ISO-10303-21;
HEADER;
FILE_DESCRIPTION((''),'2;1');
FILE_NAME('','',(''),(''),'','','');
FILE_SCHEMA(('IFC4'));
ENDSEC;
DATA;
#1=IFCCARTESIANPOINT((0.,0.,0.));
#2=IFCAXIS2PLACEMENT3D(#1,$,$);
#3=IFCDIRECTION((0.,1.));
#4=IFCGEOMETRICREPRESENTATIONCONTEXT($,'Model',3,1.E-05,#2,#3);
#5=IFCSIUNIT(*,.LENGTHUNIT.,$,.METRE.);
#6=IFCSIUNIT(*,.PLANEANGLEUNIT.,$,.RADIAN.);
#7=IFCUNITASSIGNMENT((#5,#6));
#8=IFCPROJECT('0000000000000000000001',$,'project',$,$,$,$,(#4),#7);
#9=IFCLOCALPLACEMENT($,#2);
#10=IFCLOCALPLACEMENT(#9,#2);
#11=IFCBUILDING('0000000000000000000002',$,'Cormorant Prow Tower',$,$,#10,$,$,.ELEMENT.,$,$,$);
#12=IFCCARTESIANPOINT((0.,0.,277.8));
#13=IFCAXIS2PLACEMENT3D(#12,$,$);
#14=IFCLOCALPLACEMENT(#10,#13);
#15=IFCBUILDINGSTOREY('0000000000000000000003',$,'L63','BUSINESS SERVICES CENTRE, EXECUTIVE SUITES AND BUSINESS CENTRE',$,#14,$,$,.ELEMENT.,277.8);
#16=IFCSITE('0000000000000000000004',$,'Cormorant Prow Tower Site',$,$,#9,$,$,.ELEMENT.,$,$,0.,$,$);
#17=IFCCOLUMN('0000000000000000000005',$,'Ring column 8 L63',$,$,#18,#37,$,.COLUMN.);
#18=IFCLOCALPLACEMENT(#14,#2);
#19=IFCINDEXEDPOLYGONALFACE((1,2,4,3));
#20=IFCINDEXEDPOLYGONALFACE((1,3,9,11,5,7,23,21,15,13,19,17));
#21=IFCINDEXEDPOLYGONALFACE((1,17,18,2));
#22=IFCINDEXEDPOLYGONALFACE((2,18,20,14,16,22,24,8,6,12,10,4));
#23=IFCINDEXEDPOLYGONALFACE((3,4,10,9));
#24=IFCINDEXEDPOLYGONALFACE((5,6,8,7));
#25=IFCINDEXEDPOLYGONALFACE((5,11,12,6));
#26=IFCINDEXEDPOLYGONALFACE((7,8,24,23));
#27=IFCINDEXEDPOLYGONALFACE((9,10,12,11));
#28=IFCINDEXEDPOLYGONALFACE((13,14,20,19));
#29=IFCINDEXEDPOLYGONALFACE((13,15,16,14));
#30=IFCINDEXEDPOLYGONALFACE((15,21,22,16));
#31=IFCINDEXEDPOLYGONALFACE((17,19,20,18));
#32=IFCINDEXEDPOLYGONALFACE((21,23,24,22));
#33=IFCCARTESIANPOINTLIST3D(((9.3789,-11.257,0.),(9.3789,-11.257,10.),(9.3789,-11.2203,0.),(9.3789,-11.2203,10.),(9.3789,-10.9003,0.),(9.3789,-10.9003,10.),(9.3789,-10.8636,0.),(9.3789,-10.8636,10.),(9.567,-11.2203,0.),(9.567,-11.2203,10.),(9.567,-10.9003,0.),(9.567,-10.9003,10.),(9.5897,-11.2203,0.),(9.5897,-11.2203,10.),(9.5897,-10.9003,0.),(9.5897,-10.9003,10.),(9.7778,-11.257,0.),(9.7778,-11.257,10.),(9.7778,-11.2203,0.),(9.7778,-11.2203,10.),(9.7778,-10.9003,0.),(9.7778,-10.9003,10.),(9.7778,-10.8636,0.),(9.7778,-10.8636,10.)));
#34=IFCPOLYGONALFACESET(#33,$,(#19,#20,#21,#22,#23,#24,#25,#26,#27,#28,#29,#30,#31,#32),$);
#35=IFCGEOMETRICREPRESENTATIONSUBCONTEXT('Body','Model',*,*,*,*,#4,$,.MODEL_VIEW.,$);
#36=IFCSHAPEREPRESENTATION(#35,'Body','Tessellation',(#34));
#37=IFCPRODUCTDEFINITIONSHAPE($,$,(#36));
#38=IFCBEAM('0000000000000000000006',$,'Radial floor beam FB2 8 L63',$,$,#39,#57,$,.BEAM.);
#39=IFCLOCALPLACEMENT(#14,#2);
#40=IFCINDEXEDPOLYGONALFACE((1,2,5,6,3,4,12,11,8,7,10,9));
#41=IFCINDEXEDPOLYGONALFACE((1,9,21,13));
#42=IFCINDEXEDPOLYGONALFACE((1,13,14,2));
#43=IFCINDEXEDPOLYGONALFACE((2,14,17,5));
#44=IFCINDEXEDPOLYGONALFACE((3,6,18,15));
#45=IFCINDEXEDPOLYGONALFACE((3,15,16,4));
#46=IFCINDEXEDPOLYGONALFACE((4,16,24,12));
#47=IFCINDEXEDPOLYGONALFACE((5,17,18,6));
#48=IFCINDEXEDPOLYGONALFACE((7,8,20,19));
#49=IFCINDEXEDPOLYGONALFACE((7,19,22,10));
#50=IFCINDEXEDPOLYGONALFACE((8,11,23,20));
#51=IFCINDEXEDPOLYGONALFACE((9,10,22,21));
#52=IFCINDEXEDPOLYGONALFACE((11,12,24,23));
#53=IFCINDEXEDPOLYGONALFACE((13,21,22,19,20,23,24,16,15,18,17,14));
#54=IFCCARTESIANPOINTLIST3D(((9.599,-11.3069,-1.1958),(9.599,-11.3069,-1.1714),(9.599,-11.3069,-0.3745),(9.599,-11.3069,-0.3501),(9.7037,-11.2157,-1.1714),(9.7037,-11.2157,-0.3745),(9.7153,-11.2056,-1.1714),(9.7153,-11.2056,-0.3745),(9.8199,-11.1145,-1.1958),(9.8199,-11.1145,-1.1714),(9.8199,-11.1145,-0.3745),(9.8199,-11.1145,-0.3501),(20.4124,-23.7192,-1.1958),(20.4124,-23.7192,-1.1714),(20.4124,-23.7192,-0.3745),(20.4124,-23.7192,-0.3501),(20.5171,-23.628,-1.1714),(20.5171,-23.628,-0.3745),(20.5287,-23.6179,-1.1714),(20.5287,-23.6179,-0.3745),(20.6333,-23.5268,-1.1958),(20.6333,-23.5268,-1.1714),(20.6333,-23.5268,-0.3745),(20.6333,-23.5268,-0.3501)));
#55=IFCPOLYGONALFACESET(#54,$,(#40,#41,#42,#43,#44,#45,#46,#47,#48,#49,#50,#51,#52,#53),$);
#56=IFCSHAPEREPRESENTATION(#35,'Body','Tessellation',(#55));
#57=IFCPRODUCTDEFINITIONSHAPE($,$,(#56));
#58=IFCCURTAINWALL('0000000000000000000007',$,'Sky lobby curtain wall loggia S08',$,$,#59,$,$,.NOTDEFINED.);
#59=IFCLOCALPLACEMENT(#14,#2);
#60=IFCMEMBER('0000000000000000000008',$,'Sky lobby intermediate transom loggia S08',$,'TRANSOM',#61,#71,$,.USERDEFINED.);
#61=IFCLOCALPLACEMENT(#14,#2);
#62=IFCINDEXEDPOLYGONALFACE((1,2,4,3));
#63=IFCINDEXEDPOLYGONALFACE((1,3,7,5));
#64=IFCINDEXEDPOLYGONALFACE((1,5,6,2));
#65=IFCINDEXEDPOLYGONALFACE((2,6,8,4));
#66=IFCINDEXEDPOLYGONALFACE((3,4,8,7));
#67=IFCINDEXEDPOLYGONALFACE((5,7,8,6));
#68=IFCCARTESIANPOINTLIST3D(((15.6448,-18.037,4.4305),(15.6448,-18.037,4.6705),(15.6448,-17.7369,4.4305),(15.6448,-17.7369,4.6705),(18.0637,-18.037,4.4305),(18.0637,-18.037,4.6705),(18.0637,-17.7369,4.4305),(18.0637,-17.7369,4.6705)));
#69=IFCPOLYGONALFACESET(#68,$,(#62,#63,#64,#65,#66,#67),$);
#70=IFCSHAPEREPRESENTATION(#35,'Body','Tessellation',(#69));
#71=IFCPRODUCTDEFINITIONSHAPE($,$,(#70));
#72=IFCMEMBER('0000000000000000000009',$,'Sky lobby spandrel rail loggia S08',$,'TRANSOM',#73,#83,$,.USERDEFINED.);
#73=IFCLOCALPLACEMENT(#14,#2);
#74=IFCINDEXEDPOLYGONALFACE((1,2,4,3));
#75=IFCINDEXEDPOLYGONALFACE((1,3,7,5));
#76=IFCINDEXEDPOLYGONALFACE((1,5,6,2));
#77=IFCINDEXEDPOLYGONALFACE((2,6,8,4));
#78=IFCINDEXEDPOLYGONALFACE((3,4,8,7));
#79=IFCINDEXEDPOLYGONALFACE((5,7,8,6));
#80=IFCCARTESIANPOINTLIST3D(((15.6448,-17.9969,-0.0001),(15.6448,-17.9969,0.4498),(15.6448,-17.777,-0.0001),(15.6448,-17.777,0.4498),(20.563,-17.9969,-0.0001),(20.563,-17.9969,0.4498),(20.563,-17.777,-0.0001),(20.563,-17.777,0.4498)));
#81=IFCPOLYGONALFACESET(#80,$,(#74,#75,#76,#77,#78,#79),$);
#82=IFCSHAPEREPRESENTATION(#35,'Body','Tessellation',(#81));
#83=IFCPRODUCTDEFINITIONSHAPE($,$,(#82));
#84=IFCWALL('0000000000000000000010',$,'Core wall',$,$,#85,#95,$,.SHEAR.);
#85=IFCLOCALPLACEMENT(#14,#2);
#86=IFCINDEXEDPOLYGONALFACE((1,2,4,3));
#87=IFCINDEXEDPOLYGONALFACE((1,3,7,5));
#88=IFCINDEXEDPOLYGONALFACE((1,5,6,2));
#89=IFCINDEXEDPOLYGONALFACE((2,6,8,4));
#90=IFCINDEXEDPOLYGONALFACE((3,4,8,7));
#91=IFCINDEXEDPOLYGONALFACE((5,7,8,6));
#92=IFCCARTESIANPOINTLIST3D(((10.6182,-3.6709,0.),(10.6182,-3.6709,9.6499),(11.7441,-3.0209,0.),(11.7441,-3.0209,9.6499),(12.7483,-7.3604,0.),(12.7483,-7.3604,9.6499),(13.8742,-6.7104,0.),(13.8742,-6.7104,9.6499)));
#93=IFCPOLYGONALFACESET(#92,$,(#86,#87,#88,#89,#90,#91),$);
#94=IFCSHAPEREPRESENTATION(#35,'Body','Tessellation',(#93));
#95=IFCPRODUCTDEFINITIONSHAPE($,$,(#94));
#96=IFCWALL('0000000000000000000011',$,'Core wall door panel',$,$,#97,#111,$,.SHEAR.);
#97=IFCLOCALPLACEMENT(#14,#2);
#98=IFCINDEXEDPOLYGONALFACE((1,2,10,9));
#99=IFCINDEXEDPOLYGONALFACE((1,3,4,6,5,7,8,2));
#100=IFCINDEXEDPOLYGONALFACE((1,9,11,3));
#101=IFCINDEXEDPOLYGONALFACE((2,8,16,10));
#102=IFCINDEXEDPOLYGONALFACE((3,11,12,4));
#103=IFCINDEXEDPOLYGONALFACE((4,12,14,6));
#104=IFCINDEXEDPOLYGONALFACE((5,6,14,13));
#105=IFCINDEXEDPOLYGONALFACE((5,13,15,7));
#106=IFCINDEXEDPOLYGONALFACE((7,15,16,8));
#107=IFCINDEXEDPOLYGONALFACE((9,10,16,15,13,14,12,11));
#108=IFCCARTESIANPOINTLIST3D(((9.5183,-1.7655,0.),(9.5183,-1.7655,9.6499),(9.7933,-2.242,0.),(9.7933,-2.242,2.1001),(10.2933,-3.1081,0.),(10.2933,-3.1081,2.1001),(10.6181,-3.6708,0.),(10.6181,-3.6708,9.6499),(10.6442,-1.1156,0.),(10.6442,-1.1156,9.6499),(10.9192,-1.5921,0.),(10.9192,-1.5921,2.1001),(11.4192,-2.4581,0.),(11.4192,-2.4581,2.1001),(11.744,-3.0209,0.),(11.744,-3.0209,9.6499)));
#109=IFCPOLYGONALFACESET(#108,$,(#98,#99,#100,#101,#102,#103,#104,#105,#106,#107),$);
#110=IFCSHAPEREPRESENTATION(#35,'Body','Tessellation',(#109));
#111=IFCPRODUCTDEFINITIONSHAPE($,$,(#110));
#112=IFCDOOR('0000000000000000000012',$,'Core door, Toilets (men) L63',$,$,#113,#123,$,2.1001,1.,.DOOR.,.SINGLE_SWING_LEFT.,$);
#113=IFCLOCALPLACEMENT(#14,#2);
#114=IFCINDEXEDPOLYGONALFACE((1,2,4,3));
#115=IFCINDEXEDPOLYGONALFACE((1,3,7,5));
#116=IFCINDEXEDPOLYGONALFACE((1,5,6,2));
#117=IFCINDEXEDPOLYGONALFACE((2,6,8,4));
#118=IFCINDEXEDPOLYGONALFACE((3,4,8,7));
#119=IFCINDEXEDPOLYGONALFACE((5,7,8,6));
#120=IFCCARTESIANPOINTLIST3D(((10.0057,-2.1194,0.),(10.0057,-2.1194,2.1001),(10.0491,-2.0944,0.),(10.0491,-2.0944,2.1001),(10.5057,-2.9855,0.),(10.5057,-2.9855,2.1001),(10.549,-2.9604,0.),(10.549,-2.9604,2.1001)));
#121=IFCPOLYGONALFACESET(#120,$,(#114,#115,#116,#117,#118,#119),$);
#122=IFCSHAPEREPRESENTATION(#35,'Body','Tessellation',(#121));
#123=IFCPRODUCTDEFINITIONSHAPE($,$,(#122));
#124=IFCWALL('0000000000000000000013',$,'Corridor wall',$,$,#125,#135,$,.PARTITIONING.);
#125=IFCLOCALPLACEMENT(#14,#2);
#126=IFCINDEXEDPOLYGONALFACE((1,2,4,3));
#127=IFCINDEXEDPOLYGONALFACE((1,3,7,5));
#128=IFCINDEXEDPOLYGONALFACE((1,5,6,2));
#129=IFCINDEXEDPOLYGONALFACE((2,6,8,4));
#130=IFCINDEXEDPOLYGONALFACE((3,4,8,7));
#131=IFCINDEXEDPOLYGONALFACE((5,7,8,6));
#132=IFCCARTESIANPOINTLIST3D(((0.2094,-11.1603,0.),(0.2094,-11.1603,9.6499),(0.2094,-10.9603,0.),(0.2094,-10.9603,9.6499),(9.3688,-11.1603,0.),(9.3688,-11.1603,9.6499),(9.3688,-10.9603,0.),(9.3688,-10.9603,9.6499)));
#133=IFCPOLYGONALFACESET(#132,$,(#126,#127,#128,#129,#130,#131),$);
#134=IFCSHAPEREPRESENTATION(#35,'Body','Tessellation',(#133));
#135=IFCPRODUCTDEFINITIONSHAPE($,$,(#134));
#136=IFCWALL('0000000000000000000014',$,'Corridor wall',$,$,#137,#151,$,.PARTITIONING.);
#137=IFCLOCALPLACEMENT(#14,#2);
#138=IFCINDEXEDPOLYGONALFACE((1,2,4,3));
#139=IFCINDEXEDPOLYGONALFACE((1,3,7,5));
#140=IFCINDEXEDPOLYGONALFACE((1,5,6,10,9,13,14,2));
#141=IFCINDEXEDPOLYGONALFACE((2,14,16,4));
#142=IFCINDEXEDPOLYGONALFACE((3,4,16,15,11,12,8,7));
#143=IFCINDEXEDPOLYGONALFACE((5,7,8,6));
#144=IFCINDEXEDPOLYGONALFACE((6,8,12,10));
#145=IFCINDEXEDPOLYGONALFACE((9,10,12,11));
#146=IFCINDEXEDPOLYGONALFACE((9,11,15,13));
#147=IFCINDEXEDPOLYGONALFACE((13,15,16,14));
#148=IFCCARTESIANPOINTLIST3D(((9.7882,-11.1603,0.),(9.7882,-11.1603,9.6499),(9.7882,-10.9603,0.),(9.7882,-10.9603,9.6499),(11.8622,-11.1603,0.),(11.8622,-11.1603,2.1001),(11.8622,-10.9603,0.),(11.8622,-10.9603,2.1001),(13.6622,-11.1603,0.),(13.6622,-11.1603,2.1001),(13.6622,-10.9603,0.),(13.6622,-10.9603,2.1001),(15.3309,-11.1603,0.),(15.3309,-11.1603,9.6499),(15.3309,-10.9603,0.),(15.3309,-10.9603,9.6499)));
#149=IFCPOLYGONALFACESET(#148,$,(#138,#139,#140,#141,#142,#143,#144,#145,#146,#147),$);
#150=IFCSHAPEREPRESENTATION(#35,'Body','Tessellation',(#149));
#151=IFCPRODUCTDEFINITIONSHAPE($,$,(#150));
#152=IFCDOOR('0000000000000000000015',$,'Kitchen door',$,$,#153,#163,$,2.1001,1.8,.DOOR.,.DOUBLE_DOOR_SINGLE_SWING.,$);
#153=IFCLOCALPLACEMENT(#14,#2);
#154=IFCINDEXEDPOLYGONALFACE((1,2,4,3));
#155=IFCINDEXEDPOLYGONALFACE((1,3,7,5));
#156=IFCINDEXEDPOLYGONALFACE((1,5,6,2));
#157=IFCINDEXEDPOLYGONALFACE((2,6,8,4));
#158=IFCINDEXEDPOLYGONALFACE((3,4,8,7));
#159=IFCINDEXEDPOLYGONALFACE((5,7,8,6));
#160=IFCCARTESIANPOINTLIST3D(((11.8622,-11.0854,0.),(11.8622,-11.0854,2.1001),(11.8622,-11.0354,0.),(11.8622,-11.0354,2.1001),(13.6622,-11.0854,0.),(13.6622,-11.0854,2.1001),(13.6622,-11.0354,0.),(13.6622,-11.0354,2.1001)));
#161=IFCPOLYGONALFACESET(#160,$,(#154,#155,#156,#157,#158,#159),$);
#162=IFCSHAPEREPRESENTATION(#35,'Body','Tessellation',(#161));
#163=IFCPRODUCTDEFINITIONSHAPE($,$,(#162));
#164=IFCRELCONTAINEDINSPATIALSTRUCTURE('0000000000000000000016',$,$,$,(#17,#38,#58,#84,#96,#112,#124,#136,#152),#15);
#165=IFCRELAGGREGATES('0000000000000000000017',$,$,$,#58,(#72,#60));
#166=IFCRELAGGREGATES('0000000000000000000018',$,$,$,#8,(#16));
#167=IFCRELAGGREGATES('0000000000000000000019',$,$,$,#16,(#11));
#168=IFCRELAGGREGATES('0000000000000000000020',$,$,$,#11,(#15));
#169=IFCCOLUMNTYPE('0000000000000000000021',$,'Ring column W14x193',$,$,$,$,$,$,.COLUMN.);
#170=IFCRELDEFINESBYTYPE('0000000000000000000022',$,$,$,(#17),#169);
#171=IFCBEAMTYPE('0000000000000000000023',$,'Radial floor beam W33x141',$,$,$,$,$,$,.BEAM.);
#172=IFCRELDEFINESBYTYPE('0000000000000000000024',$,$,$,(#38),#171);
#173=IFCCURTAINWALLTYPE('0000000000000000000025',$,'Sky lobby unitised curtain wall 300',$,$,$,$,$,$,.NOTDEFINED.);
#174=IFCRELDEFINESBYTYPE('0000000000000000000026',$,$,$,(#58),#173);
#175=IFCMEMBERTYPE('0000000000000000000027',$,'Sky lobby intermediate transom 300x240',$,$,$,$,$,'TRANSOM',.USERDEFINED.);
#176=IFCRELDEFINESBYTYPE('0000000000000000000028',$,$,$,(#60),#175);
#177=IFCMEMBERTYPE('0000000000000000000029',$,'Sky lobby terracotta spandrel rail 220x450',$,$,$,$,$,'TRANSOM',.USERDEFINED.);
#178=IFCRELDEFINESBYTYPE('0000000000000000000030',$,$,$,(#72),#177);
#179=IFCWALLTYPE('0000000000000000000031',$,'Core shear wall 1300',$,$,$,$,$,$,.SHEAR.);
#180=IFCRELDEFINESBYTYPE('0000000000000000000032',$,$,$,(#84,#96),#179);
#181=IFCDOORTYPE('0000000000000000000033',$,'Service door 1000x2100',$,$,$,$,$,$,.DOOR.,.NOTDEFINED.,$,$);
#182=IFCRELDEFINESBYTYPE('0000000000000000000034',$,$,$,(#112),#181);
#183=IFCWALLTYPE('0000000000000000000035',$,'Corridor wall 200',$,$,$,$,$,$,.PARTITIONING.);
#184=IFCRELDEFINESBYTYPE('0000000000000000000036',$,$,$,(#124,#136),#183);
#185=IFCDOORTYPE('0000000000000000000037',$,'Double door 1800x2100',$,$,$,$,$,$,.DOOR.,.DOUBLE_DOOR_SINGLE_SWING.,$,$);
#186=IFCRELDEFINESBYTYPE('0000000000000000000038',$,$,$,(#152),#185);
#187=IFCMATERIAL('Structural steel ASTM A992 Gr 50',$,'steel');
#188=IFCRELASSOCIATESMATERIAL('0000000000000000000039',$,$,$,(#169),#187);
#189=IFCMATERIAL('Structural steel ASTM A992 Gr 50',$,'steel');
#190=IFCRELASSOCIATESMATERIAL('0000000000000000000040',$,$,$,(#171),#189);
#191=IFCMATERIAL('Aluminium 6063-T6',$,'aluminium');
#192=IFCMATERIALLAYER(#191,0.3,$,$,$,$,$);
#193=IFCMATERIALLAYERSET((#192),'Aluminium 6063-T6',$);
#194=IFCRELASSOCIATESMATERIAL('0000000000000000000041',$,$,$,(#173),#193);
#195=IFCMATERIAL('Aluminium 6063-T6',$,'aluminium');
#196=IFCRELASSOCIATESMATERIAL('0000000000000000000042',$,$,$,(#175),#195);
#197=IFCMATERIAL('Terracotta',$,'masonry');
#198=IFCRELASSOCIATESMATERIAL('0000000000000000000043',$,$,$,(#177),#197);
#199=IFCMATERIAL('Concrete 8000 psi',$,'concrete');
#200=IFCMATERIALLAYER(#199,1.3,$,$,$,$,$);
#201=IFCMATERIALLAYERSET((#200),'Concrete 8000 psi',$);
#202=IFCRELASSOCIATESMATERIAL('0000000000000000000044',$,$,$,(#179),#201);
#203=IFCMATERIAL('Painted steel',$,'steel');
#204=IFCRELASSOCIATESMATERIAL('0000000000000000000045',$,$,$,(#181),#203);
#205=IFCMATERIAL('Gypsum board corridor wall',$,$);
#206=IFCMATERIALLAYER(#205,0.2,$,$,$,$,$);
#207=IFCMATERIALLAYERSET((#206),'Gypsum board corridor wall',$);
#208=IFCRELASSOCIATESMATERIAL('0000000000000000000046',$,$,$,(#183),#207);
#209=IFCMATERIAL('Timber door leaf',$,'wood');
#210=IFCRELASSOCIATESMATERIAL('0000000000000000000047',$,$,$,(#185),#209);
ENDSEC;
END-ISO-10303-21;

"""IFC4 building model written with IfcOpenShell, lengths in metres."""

from ifc_helpers import new_model, si_unit, direction, frame, frame_2d, origin, origin_2d, place, context, subcontext, project, spatial, rectangle, i_section, extrude, material, layer, layer_set, material_profile, profile_set, type_object, element, fill, aggregate, save


model = new_model("IFC4")

# Units and contexts
model_context = context("Model", 3, precision=1e-05, world=origin(), true_north=direction((0.0, 1.0)))
body_context = subcontext(model_context, "Body", "Model", "MODEL_VIEW")
ifc_project = project(units=[si_unit("LENGTHUNIT", "METRE"), si_unit("PLANEANGLEUNIT", "RADIAN")], contexts=[model_context])

# Site, building, storey
site_placement = place(None, origin())
site = spatial("IfcSite", under=ifc_project, at=site_placement, Name="Cormorant Prow Tower Site", CompositionType="ELEMENT", RefElevation=0.0)
building_placement = place(site_placement, origin())
building = spatial("IfcBuilding", under=site, at=building_placement, Name="Cormorant Prow Tower", CompositionType="ELEMENT")
storey_placement = place(building_placement, frame((0.0, 0.0, 277.8)))
storey = spatial("IfcBuildingStorey", under=building, at=storey_placement, Name="L63", Description="BUSINESS SERVICES CENTRE, EXECUTIVE SUITES AND BUSINESS CENTRE", CompositionType="ELEMENT", Elevation=277.8)

# Column
ifc_material_1 = material(Name="Structural steel ASTM A992 Gr 50", Category="steel")
ifc_material_profile_1 = material_profile(ifc_material_1, i_section(OverallWidth=0.3989, OverallDepth=0.3933, WebThickness=0.0227, FlangeThickness=0.0366, at=origin_2d()), Name="W14x193")
ifc_profile_set_1 = profile_set([ifc_material_profile_1], Name="Structural steel ASTM A992 Gr 50")
column_type = type_object("IfcColumnType", Name="Ring column W14x193", PredefinedType="COLUMN", material=ifc_profile_set_1)
column_placement = place(storey_placement, frame((9.5784, -11.0603, 0.0), z_axis=(0.0, 0.0, 1.0), x_axis=(1.0, 0.0, 0.0)))
element("IfcColumn", 1, at=column_placement, inside=storey, type_object=column_type, Name="Ring column 8 L63", PredefinedType="COLUMN", context=body_context, shape_type="SweptSolid", body=[
    extrude(i_section(OverallWidth=0.3989, OverallDepth=0.3933, WebThickness=0.0227, FlangeThickness=0.0366, at=origin_2d()), origin(), (0.0, 0.0, 1.0), 10.0),
])

# Beam
ifc_material_2 = material(Name="Structural steel ASTM A992 Gr 50", Category="steel")
ifc_material_profile_2 = material_profile(ifc_material_2, i_section(OverallWidth=0.293, OverallDepth=0.8457, WebThickness=0.0154, FlangeThickness=0.0244, at=origin_2d()), Name="W33x141")
ifc_profile_set_2 = profile_set([ifc_material_profile_2], Name="Structural steel ASTM A992 Gr 50")
beam_type = type_object("IfcBeamType", Name="Radial floor beam W33x141", PredefinedType="BEAM", material=ifc_profile_set_2)
beam_placement = place(storey_placement, frame((9.7095, -11.2107, -0.7729), z_axis=(0.656875, -0.754, 0.0), x_axis=(0.754, 0.656875, 0.0)))
element("IfcBeam", 2, at=beam_placement, inside=storey, type_object=beam_type, Name="Radial floor beam FB2 8 L63", PredefinedType="BEAM", context=body_context, shape_type="SweptSolid", body=[
    extrude(i_section(OverallWidth=0.293, OverallDepth=0.8457, WebThickness=0.0154, FlangeThickness=0.0244, at=origin_2d()), origin(), (0.0, 0.0, 1.0), 16.4619),
])

# Curtain wall, members
ifc_material_3 = material(Name="Aluminium 6063-T6", Category="aluminium")
ifc_layer_1 = layer(ifc_material_3, 0.3)
ifc_layer_set_1 = layer_set([ifc_layer_1], Name="Aluminium 6063-T6")
curtain_wall_type = type_object("IfcCurtainWallType", Name="Sky lobby unitised curtain wall 300", PredefinedType="NOTDEFINED", material=ifc_layer_set_1)
curtain_wall_placement = place(storey_placement, origin())
curtain_wall = element("IfcCurtainWall", 3, at=curtain_wall_placement, inside=storey, type_object=curtain_wall_type, Name="Sky lobby curtain wall loggia S08", PredefinedType="NOTDEFINED")
ifc_material_4 = material(Name="Aluminium 6063-T6", Category="aluminium")
ifc_material_profile_3 = material_profile(ifc_material_4, rectangle(XDim=0.3, YDim=0.24, at=origin_2d()), Name="Sky lobby intermediate transom 300x240")
ifc_profile_set_3 = profile_set([ifc_material_profile_3], Name="Aluminium 6063-T6")
member_type_1 = type_object("IfcMemberType", Name="Sky lobby intermediate transom 300x240", ElementType="TRANSOM", PredefinedType="USERDEFINED", material=ifc_profile_set_3)
member_1_placement = place(storey_placement, frame((15.6448, -17.887, 4.5505), z_axis=(1.0, 0.0, 0.0), x_axis=(0.0, 1.0, 0.0)))
member_1 = element("IfcMember", 4, at=member_1_placement, type_object=member_type_1, Name="Sky lobby intermediate transom loggia S08", ObjectType="TRANSOM", PredefinedType="USERDEFINED", context=body_context, shape_type="SweptSolid", body=[
    extrude(rectangle(XDim=0.3, YDim=0.24, at=origin_2d()), origin(), (0.0, 0.0, 1.0), 2.4189),
])
ifc_material_5 = material(Name="Terracotta", Category="masonry")
ifc_material_profile_4 = material_profile(ifc_material_5, rectangle(XDim=0.22, YDim=0.45, at=origin_2d()), Name="Sky lobby terracotta spandrel rail 220x450")
ifc_profile_set_4 = profile_set([ifc_material_profile_4], Name="Terracotta")
member_type_2 = type_object("IfcMemberType", Name="Sky lobby terracotta spandrel rail 220x450", ElementType="TRANSOM", PredefinedType="USERDEFINED", material=ifc_profile_set_4)
member_2_placement = place(storey_placement, frame((15.6448, -17.887, 0.2249), z_axis=(1.0, 0.0, 0.0), x_axis=(0.0, 1.0, 0.0)))
member_2 = element("IfcMember", 5, at=member_2_placement, type_object=member_type_2, Name="Sky lobby spandrel rail loggia S08", ObjectType="TRANSOM", PredefinedType="USERDEFINED", context=body_context, shape_type="SweptSolid", body=[
    extrude(rectangle(XDim=0.22, YDim=0.45, at=origin_2d()), origin(), (0.0, 0.0, 1.0), 4.9182),
])
aggregate(curtain_wall, [member_2, member_1])

# Wall
ifc_material_6 = material(Name="Concrete 8000 psi", Category="concrete")
ifc_layer_2 = layer(ifc_material_6, 1.3)
ifc_layer_set_2 = layer_set([ifc_layer_2], Name="Concrete 8000 psi")
wall_type_1 = type_object("IfcWallType", Name="Core shear wall 1300", PredefinedType="SHEAR", material=ifc_layer_set_2)
wall_1_placement = place(storey_placement, frame((13.3113, -7.0354, 0.0), z_axis=(0.0, 0.0, 1.0), x_axis=(-0.500004, 0.866023, 0.0)))
element("IfcWall", 6, at=wall_1_placement, inside=storey, type_object=wall_type_1, Name="Core wall", PredefinedType="SHEAR", context=body_context, shape_type="SweptSolid", body=[
    extrude(rectangle(XDim=4.2603, YDim=1.3, at=frame_2d((2.1301, 0.0))), origin(), (0.0, 0.0, 1.0), 9.6499),
])

# Wall, opening, door
wall_2_placement = place(storey_placement, frame((11.1812, -3.3459, 0.0), z_axis=(0.0, 0.0, 1.0), x_axis=(-0.499947, 0.866056, 0.0)))
wall_2 = element("IfcWall", 7, at=wall_2_placement, inside=storey, type_object=wall_type_1, Name="Core wall door panel", PredefinedType="SHEAR", context=body_context, shape_type="SweptSolid", body=[
    extrude(rectangle(XDim=2.2, YDim=1.3, at=frame_2d((1.1001, 0.0))), origin(), (0.0, 0.0, 1.0), 9.6499),
])
opening_1_placement = place(wall_2_placement, frame((0.6499, 0.0, 0.0)))
opening_1 = element("IfcOpeningElement", 8, at=opening_1_placement, cuts=wall_2, PredefinedType="OPENING", context=body_context, shape_type="SweptSolid", body=[
    extrude(rectangle(XDim=1.0, YDim=2.1001, at=frame_2d((0.5, 1.05))), frame((0.0, 0.6599, 0.0), z_axis=(0.0, -1.0, 0.0), x_axis=(1.0, 0.0, 0.0)), (0.0, 0.0, 1.0), 1.3201),
])
ifc_material_7 = material(Name="Painted steel", Category="steel")
door_type_1 = type_object("IfcDoorType", Name="Service door 1000x2100", OperationType="NOTDEFINED", PredefinedType="DOOR", material=ifc_material_7)
door_1_placement = place(opening_1_placement, origin())
door_1 = element("IfcDoor", 9, at=door_1_placement, inside=storey, type_object=door_type_1, Name="Core door, Toilets (men) L63", OperationType="SINGLE_SWING_LEFT", OverallHeight=2.1001, OverallWidth=1.0, PredefinedType="DOOR", context=body_context, shape_type="SweptSolid", body=[
    extrude(rectangle(XDim=1.0, YDim=2.1001, at=frame_2d((0.5, 1.05))), frame((0.0, 0.4048, 0.0), z_axis=(0.0, -1.0, 0.0), x_axis=(1.0, 0.0, 0.0)), (0.0, 0.0, 1.0), 0.05),
])
fill(opening_1, door_1)

# Wall
ifc_material_8 = material(Name="Gypsum board corridor wall")
ifc_layer_3 = layer(ifc_material_8, 0.2)
ifc_layer_set_3 = layer_set([ifc_layer_3], Name="Gypsum board corridor wall")
wall_type_2 = type_object("IfcWallType", Name="Corridor wall 200", PredefinedType="PARTITIONING", material=ifc_layer_set_3)
wall_3_placement = place(storey_placement, frame((0.2095, -11.0603, 0.0), z_axis=(0.0, 0.0, 1.0), x_axis=(1.0, 0.0, 0.0)))
element("IfcWall", 10, at=wall_3_placement, inside=storey, type_object=wall_type_2, Name="Corridor wall", PredefinedType="PARTITIONING", context=body_context, shape_type="SweptSolid", body=[
    extrude(rectangle(XDim=9.1594, YDim=0.2, at=frame_2d((4.5796, 0.0))), origin(), (0.0, 0.0, 1.0), 9.6499),
])

# Wall, opening, door
wall_4_placement = place(storey_placement, frame((9.7881, -11.0603, 0.0), z_axis=(0.0, 0.0, 1.0), x_axis=(1.0, 0.0, 0.0)))
wall_4 = element("IfcWall", 11, at=wall_4_placement, inside=storey, type_object=wall_type_2, Name="Corridor wall", PredefinedType="PARTITIONING", context=body_context, shape_type="SweptSolid", body=[
    extrude(rectangle(XDim=5.5427, YDim=0.2, at=frame_2d((2.7715, 0.0))), origin(), (0.0, 0.0, 1.0), 9.6499),
])
opening_2_placement = place(wall_4_placement, frame((2.0742, 0.0, 0.0)))
opening_2 = element("IfcOpeningElement", 12, at=opening_2_placement, cuts=wall_4, PredefinedType="OPENING", context=body_context, shape_type="SweptSolid", body=[
    extrude(rectangle(XDim=1.8, YDim=2.1001, at=frame_2d((0.8999, 1.05))), frame((0.0, 0.1099, 0.0), z_axis=(0.0, -1.0, 0.0), x_axis=(1.0, 0.0, 0.0)), (0.0, 0.0, 1.0), 0.22),
])
ifc_material_9 = material(Name="Timber door leaf", Category="wood")
door_type_2 = type_object("IfcDoorType", Name="Double door 1800x2100", OperationType="DOUBLE_DOOR_SINGLE_SWING", PredefinedType="DOOR", material=ifc_material_9)
door_2_placement = place(opening_2_placement, origin())
door_2 = element("IfcDoor", 13, at=door_2_placement, inside=storey, type_object=door_type_2, Name="Kitchen door", OperationType="DOUBLE_DOOR_SINGLE_SWING", OverallHeight=2.1001, OverallWidth=1.8, PredefinedType="DOOR", context=body_context, shape_type="SweptSolid", body=[
    extrude(rectangle(XDim=1.8, YDim=2.1001, at=frame_2d((0.8999, 1.05))), frame((0.0, 0.0249, 0.0), z_axis=(0.0, -1.0, 0.0), x_axis=(1.0, 0.0, 0.0)), (0.0, 0.0, 1.0), 0.05),
])
fill(opening_2, door_2)

save(model, "model.ifc")
